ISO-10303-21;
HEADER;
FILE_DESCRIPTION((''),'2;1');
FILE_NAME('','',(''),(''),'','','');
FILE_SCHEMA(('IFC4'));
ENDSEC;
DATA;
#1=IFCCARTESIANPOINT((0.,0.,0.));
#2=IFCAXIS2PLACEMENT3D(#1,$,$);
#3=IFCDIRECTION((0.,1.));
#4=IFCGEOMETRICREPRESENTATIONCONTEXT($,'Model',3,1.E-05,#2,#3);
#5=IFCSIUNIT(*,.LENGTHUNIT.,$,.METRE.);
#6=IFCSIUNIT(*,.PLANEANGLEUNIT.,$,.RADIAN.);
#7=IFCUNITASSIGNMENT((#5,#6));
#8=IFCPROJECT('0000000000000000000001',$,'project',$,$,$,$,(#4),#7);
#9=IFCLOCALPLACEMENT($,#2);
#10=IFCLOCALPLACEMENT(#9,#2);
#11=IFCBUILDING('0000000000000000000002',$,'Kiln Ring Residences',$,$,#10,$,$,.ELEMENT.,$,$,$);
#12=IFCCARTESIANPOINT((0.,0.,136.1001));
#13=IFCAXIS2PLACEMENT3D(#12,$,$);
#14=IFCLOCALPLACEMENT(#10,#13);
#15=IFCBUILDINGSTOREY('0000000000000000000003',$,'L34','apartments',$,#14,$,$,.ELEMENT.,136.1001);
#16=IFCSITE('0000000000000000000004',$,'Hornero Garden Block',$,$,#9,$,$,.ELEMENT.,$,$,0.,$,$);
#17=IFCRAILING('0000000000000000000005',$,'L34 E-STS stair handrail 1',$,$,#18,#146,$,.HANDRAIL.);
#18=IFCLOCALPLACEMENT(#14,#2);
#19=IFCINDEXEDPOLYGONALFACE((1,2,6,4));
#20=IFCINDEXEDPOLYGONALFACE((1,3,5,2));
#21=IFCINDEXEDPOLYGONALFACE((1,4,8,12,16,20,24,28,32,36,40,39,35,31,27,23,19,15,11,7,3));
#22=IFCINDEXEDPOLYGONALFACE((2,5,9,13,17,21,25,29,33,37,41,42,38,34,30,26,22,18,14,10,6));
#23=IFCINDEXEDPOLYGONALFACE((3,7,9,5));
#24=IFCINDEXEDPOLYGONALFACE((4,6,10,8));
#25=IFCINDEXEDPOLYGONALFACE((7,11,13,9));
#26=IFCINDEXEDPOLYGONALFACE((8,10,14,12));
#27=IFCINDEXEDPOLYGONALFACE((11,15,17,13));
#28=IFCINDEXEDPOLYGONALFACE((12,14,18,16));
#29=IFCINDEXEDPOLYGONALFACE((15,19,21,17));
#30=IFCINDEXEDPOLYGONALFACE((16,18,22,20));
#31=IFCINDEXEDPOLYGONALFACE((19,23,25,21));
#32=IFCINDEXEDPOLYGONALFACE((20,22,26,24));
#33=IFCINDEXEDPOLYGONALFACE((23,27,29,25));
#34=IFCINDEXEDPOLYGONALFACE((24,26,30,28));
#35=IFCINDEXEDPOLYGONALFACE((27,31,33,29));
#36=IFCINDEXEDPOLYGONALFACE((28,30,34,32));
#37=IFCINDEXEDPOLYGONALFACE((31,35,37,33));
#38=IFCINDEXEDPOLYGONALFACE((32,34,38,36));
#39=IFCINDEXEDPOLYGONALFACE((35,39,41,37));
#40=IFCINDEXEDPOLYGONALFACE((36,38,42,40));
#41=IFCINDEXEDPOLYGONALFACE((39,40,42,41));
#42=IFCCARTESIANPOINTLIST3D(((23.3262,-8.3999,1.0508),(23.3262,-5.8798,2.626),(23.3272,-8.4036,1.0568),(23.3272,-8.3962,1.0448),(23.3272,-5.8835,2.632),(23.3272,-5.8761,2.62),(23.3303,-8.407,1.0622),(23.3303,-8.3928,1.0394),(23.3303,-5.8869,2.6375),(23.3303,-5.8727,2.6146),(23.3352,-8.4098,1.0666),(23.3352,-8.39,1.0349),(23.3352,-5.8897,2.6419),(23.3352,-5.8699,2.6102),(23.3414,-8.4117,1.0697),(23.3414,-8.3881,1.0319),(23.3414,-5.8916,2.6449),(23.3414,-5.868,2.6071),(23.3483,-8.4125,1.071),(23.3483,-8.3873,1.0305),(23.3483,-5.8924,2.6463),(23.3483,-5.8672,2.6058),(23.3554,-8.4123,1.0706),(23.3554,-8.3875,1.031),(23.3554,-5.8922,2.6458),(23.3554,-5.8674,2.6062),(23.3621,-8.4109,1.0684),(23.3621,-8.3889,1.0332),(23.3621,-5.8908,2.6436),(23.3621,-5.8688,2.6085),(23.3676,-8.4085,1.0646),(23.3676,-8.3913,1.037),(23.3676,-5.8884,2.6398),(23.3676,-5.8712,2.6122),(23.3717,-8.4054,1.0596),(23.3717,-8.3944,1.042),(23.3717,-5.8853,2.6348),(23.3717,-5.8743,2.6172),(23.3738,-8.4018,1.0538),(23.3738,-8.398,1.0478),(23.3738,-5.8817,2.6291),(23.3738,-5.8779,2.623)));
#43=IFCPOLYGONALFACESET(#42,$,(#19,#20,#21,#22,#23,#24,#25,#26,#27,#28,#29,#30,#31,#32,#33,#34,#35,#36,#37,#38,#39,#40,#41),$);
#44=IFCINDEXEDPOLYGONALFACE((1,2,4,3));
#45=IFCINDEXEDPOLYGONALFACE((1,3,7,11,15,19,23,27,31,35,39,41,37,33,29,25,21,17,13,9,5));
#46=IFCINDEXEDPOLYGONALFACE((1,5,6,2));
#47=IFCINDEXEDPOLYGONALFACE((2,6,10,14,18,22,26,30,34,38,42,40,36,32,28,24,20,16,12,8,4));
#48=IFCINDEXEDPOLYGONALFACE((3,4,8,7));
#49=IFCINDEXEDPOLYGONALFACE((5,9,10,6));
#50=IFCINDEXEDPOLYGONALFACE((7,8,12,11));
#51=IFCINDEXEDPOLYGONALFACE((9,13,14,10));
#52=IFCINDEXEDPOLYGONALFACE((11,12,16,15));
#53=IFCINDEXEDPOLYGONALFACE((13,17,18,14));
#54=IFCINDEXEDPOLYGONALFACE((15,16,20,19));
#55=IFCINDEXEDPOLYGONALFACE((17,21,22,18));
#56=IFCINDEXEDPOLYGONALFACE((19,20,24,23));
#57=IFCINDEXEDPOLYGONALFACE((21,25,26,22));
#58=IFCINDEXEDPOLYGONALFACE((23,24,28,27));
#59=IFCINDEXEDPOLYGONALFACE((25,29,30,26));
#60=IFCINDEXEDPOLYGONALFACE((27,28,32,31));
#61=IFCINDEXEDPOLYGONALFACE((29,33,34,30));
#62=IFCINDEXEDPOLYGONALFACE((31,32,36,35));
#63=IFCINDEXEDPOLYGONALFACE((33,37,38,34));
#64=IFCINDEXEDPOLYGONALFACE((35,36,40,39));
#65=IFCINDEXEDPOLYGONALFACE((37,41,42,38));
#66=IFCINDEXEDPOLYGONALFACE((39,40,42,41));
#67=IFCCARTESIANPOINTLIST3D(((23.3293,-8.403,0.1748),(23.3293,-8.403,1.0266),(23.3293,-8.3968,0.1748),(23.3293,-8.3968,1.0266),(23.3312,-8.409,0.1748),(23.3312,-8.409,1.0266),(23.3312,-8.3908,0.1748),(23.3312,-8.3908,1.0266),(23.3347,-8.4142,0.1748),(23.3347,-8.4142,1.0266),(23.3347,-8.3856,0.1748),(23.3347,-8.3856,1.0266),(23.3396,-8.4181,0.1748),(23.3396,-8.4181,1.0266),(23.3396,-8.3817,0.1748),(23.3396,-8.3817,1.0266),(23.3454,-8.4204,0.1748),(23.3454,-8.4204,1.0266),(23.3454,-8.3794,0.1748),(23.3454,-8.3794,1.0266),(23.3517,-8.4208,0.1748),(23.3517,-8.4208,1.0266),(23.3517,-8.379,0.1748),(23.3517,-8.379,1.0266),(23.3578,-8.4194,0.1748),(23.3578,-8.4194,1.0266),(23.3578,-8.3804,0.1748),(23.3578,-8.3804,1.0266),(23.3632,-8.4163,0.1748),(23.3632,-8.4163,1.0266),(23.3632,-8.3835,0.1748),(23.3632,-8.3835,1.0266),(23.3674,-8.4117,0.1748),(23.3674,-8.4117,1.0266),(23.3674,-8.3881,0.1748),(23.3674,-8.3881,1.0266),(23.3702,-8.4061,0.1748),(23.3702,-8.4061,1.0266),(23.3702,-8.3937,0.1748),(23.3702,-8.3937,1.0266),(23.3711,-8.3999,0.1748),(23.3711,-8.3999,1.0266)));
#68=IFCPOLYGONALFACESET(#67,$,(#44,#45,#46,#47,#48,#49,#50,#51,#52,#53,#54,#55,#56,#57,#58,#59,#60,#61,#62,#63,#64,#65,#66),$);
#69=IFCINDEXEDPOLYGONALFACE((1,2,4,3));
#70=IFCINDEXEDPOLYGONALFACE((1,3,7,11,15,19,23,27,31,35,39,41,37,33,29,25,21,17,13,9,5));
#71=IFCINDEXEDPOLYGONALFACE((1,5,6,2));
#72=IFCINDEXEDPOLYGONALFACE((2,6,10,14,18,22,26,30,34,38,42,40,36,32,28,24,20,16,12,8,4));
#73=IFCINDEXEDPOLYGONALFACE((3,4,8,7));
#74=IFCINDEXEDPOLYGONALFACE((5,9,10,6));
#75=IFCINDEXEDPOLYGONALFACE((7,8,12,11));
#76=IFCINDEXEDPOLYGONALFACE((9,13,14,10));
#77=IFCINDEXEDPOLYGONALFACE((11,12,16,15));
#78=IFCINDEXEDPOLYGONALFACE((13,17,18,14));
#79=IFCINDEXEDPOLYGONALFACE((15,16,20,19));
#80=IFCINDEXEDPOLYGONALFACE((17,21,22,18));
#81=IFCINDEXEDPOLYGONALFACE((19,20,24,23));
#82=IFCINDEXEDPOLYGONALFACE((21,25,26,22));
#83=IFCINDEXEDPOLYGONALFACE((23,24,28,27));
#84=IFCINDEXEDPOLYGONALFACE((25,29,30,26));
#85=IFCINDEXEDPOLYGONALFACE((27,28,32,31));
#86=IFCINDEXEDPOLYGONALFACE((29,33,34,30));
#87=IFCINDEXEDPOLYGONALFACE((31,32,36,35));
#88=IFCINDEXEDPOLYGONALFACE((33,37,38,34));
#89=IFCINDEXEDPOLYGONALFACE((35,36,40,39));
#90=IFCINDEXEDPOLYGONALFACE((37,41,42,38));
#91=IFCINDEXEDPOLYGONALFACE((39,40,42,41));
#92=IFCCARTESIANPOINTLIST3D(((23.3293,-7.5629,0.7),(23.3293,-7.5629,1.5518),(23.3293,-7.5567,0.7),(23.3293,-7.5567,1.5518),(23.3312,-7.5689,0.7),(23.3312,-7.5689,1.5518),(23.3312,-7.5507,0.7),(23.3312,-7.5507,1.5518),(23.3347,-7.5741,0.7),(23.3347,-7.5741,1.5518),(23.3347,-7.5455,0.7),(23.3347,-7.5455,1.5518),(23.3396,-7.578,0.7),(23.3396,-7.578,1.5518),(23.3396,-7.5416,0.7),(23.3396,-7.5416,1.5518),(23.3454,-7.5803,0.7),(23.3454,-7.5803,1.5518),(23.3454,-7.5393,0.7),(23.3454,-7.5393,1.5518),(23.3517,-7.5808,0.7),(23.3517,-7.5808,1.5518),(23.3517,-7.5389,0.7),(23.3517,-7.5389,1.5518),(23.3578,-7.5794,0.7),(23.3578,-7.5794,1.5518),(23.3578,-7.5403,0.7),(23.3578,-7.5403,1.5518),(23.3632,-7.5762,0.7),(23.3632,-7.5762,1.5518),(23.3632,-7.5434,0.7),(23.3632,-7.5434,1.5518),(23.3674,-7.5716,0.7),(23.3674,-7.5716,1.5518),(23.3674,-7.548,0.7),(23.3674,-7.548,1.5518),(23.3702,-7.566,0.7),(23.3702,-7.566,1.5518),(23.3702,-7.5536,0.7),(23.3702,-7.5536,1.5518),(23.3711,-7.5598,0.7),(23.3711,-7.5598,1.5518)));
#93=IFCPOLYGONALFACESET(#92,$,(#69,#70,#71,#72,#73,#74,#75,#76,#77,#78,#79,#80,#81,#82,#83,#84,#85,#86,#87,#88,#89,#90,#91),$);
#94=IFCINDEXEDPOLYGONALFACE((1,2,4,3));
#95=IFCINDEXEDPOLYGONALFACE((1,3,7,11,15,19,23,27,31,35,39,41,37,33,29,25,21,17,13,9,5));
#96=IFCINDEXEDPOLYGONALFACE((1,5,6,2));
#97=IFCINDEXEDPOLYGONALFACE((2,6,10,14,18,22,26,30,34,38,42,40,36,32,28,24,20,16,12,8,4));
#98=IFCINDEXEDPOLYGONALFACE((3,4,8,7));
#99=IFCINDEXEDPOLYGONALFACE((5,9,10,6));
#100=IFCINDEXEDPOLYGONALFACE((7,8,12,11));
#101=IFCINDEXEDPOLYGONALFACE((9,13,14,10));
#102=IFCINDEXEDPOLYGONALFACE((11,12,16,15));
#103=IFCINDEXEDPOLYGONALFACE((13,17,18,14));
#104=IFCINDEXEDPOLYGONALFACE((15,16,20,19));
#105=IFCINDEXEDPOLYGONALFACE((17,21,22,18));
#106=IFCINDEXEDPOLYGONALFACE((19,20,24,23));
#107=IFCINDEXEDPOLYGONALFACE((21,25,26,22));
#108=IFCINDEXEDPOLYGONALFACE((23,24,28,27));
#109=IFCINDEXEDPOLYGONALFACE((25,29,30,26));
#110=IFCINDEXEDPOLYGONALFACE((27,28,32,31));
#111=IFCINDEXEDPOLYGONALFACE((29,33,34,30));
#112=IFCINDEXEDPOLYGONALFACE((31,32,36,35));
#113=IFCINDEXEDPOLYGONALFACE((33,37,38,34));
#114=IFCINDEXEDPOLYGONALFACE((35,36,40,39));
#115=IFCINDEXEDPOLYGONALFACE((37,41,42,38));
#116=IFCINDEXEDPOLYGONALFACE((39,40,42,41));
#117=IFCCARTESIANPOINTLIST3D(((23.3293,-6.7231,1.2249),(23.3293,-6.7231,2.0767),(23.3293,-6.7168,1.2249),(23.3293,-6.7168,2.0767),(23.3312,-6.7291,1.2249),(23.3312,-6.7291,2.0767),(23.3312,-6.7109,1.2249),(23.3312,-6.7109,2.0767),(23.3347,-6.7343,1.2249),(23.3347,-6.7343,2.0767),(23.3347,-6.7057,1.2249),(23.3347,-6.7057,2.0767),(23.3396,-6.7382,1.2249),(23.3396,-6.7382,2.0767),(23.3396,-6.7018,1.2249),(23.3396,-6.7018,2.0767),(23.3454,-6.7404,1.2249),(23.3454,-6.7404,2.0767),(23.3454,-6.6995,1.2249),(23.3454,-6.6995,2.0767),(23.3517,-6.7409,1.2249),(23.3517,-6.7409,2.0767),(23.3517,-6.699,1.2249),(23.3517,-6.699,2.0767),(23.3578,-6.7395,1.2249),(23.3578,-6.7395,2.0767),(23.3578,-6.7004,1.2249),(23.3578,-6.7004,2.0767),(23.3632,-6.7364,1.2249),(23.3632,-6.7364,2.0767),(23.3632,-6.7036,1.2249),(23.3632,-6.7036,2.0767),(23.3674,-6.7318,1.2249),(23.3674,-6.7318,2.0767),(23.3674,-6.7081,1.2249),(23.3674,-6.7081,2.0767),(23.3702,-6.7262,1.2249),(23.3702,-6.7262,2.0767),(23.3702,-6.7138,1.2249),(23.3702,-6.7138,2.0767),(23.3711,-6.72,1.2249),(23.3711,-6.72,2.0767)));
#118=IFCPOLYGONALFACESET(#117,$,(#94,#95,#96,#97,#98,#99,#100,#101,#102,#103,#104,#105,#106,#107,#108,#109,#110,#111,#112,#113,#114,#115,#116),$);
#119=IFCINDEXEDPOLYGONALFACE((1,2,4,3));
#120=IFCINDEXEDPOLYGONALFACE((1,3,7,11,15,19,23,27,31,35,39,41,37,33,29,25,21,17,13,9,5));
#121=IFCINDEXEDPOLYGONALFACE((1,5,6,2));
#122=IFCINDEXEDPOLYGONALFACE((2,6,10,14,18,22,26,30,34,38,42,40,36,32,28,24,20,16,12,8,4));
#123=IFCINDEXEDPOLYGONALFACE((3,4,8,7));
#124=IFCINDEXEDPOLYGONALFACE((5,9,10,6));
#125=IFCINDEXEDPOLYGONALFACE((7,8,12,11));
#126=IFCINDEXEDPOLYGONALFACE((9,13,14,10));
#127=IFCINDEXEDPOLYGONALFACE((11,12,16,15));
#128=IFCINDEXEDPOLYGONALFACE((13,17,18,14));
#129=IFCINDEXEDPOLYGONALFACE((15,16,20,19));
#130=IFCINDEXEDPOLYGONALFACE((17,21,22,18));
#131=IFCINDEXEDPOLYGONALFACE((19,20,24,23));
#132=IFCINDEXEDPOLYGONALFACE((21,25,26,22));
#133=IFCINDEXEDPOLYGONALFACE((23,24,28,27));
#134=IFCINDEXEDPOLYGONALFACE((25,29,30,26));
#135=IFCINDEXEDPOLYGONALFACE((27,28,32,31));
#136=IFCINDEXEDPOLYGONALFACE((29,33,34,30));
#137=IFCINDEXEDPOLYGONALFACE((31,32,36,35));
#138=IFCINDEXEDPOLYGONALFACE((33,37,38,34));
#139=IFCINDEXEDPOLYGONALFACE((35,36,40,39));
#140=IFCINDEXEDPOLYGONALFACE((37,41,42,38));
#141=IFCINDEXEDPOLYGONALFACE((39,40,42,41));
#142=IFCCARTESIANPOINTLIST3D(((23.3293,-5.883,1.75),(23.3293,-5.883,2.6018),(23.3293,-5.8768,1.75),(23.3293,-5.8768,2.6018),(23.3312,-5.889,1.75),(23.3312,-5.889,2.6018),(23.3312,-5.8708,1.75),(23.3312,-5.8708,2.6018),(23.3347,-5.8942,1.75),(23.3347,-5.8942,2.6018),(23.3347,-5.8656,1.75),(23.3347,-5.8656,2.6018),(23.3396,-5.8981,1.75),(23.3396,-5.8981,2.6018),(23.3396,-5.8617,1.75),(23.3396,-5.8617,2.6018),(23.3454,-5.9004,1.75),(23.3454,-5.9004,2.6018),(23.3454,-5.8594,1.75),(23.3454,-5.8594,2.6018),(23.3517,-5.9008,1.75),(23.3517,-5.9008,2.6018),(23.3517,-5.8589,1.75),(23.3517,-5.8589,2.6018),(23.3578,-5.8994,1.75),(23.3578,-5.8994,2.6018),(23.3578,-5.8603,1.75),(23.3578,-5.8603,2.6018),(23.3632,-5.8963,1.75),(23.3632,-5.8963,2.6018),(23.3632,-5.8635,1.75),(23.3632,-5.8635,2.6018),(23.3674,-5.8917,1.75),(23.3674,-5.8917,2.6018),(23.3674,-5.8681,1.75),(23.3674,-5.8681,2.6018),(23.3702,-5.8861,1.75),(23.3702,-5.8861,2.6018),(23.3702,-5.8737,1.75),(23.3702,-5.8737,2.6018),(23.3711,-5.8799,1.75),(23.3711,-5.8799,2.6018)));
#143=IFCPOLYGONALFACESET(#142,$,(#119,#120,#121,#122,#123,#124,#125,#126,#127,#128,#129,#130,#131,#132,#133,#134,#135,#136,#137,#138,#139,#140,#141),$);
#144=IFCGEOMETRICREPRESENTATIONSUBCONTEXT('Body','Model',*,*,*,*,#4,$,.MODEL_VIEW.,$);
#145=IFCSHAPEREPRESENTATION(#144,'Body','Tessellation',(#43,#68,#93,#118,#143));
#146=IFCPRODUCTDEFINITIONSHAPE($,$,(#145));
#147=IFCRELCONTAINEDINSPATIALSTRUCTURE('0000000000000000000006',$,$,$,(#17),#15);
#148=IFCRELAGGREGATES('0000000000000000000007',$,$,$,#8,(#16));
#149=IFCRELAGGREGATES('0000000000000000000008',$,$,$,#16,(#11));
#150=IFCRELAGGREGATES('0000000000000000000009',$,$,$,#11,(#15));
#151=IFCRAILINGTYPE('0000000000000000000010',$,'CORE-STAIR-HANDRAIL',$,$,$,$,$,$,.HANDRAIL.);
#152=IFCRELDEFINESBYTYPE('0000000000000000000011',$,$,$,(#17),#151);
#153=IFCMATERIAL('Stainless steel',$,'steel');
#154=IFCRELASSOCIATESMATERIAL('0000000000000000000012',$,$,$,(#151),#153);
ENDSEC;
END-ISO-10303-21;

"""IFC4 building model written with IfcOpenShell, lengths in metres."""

from ifc_helpers import new_model, si_unit, direction, frame, origin, origin_2d, place, context, subcontext, project, spatial, circle, extrude, material, type_object, element, save


model = new_model("IFC4")

# Units and contexts
model_context = context("Model", 3, precision=1e-05, world=origin(), true_north=direction((0.0, 1.0)))
body_context = subcontext(model_context, "Body", "Model", "MODEL_VIEW")
ifc_project = project(units=[si_unit("LENGTHUNIT", "METRE"), si_unit("PLANEANGLEUNIT", "RADIAN")], contexts=[model_context])

# Site, building, storey
site_placement = place(None, origin())
site = spatial("IfcSite", under=ifc_project, at=site_placement, Name="Hornero Garden Block", CompositionType="ELEMENT", RefElevation=0.0)
building_placement = place(site_placement, origin())
building = spatial("IfcBuilding", under=site, at=building_placement, Name="Kiln Ring Residences", CompositionType="ELEMENT")
storey_placement = place(building_placement, frame((0.0, 0.0, 136.1001)))
storey = spatial("IfcBuildingStorey", under=building, at=storey_placement, Name="L34", Description="apartments", CompositionType="ELEMENT", Elevation=136.1001)

# Railing
ifc_material_1 = material(Name="Stainless steel", Category="steel")
railing_type_1 = type_object("IfcRailingType", Name="CORE-STAIR-HANDRAIL", PredefinedType="HANDRAIL", material=ifc_material_1)
railing_1_placement = place(storey_placement, frame((23.3501, -8.3999, 0.1748)))
element("IfcRailing", 1, at=railing_1_placement, inside=storey, type_object=railing_type_1, Name="L34 E-STS stair handrail 1", PredefinedType="HANDRAIL", context=body_context, shape_type="SweptSolid", body=[
    extrude(circle(Radius=0.0239, at=origin_2d()), frame((0.0, 0.0, 0.876), z_axis=(0.0, 0.847971, 0.530043), x_axis=(-1.0, 0.0, 0.0)), (0.0, 0.0, 1.0), 2.9719),
    extrude(circle(Radius=0.021, at=origin_2d()), origin(), (0.0, 0.0, 1.0), 0.8518),
    extrude(circle(Radius=0.021, at=origin_2d()), frame((0.0, 0.8401, 0.5251)), (0.0, 0.0, 1.0), 0.8518),
    extrude(circle(Radius=0.021, at=origin_2d()), frame((0.0, 1.6799, 1.05)), (0.0, 0.0, 1.0), 0.8518),
    extrude(circle(Radius=0.021, at=origin_2d()), frame((0.0, 2.52, 1.5752)), (0.0, 0.0, 1.0), 0.8518),
])

save(model, "model.ifc")
